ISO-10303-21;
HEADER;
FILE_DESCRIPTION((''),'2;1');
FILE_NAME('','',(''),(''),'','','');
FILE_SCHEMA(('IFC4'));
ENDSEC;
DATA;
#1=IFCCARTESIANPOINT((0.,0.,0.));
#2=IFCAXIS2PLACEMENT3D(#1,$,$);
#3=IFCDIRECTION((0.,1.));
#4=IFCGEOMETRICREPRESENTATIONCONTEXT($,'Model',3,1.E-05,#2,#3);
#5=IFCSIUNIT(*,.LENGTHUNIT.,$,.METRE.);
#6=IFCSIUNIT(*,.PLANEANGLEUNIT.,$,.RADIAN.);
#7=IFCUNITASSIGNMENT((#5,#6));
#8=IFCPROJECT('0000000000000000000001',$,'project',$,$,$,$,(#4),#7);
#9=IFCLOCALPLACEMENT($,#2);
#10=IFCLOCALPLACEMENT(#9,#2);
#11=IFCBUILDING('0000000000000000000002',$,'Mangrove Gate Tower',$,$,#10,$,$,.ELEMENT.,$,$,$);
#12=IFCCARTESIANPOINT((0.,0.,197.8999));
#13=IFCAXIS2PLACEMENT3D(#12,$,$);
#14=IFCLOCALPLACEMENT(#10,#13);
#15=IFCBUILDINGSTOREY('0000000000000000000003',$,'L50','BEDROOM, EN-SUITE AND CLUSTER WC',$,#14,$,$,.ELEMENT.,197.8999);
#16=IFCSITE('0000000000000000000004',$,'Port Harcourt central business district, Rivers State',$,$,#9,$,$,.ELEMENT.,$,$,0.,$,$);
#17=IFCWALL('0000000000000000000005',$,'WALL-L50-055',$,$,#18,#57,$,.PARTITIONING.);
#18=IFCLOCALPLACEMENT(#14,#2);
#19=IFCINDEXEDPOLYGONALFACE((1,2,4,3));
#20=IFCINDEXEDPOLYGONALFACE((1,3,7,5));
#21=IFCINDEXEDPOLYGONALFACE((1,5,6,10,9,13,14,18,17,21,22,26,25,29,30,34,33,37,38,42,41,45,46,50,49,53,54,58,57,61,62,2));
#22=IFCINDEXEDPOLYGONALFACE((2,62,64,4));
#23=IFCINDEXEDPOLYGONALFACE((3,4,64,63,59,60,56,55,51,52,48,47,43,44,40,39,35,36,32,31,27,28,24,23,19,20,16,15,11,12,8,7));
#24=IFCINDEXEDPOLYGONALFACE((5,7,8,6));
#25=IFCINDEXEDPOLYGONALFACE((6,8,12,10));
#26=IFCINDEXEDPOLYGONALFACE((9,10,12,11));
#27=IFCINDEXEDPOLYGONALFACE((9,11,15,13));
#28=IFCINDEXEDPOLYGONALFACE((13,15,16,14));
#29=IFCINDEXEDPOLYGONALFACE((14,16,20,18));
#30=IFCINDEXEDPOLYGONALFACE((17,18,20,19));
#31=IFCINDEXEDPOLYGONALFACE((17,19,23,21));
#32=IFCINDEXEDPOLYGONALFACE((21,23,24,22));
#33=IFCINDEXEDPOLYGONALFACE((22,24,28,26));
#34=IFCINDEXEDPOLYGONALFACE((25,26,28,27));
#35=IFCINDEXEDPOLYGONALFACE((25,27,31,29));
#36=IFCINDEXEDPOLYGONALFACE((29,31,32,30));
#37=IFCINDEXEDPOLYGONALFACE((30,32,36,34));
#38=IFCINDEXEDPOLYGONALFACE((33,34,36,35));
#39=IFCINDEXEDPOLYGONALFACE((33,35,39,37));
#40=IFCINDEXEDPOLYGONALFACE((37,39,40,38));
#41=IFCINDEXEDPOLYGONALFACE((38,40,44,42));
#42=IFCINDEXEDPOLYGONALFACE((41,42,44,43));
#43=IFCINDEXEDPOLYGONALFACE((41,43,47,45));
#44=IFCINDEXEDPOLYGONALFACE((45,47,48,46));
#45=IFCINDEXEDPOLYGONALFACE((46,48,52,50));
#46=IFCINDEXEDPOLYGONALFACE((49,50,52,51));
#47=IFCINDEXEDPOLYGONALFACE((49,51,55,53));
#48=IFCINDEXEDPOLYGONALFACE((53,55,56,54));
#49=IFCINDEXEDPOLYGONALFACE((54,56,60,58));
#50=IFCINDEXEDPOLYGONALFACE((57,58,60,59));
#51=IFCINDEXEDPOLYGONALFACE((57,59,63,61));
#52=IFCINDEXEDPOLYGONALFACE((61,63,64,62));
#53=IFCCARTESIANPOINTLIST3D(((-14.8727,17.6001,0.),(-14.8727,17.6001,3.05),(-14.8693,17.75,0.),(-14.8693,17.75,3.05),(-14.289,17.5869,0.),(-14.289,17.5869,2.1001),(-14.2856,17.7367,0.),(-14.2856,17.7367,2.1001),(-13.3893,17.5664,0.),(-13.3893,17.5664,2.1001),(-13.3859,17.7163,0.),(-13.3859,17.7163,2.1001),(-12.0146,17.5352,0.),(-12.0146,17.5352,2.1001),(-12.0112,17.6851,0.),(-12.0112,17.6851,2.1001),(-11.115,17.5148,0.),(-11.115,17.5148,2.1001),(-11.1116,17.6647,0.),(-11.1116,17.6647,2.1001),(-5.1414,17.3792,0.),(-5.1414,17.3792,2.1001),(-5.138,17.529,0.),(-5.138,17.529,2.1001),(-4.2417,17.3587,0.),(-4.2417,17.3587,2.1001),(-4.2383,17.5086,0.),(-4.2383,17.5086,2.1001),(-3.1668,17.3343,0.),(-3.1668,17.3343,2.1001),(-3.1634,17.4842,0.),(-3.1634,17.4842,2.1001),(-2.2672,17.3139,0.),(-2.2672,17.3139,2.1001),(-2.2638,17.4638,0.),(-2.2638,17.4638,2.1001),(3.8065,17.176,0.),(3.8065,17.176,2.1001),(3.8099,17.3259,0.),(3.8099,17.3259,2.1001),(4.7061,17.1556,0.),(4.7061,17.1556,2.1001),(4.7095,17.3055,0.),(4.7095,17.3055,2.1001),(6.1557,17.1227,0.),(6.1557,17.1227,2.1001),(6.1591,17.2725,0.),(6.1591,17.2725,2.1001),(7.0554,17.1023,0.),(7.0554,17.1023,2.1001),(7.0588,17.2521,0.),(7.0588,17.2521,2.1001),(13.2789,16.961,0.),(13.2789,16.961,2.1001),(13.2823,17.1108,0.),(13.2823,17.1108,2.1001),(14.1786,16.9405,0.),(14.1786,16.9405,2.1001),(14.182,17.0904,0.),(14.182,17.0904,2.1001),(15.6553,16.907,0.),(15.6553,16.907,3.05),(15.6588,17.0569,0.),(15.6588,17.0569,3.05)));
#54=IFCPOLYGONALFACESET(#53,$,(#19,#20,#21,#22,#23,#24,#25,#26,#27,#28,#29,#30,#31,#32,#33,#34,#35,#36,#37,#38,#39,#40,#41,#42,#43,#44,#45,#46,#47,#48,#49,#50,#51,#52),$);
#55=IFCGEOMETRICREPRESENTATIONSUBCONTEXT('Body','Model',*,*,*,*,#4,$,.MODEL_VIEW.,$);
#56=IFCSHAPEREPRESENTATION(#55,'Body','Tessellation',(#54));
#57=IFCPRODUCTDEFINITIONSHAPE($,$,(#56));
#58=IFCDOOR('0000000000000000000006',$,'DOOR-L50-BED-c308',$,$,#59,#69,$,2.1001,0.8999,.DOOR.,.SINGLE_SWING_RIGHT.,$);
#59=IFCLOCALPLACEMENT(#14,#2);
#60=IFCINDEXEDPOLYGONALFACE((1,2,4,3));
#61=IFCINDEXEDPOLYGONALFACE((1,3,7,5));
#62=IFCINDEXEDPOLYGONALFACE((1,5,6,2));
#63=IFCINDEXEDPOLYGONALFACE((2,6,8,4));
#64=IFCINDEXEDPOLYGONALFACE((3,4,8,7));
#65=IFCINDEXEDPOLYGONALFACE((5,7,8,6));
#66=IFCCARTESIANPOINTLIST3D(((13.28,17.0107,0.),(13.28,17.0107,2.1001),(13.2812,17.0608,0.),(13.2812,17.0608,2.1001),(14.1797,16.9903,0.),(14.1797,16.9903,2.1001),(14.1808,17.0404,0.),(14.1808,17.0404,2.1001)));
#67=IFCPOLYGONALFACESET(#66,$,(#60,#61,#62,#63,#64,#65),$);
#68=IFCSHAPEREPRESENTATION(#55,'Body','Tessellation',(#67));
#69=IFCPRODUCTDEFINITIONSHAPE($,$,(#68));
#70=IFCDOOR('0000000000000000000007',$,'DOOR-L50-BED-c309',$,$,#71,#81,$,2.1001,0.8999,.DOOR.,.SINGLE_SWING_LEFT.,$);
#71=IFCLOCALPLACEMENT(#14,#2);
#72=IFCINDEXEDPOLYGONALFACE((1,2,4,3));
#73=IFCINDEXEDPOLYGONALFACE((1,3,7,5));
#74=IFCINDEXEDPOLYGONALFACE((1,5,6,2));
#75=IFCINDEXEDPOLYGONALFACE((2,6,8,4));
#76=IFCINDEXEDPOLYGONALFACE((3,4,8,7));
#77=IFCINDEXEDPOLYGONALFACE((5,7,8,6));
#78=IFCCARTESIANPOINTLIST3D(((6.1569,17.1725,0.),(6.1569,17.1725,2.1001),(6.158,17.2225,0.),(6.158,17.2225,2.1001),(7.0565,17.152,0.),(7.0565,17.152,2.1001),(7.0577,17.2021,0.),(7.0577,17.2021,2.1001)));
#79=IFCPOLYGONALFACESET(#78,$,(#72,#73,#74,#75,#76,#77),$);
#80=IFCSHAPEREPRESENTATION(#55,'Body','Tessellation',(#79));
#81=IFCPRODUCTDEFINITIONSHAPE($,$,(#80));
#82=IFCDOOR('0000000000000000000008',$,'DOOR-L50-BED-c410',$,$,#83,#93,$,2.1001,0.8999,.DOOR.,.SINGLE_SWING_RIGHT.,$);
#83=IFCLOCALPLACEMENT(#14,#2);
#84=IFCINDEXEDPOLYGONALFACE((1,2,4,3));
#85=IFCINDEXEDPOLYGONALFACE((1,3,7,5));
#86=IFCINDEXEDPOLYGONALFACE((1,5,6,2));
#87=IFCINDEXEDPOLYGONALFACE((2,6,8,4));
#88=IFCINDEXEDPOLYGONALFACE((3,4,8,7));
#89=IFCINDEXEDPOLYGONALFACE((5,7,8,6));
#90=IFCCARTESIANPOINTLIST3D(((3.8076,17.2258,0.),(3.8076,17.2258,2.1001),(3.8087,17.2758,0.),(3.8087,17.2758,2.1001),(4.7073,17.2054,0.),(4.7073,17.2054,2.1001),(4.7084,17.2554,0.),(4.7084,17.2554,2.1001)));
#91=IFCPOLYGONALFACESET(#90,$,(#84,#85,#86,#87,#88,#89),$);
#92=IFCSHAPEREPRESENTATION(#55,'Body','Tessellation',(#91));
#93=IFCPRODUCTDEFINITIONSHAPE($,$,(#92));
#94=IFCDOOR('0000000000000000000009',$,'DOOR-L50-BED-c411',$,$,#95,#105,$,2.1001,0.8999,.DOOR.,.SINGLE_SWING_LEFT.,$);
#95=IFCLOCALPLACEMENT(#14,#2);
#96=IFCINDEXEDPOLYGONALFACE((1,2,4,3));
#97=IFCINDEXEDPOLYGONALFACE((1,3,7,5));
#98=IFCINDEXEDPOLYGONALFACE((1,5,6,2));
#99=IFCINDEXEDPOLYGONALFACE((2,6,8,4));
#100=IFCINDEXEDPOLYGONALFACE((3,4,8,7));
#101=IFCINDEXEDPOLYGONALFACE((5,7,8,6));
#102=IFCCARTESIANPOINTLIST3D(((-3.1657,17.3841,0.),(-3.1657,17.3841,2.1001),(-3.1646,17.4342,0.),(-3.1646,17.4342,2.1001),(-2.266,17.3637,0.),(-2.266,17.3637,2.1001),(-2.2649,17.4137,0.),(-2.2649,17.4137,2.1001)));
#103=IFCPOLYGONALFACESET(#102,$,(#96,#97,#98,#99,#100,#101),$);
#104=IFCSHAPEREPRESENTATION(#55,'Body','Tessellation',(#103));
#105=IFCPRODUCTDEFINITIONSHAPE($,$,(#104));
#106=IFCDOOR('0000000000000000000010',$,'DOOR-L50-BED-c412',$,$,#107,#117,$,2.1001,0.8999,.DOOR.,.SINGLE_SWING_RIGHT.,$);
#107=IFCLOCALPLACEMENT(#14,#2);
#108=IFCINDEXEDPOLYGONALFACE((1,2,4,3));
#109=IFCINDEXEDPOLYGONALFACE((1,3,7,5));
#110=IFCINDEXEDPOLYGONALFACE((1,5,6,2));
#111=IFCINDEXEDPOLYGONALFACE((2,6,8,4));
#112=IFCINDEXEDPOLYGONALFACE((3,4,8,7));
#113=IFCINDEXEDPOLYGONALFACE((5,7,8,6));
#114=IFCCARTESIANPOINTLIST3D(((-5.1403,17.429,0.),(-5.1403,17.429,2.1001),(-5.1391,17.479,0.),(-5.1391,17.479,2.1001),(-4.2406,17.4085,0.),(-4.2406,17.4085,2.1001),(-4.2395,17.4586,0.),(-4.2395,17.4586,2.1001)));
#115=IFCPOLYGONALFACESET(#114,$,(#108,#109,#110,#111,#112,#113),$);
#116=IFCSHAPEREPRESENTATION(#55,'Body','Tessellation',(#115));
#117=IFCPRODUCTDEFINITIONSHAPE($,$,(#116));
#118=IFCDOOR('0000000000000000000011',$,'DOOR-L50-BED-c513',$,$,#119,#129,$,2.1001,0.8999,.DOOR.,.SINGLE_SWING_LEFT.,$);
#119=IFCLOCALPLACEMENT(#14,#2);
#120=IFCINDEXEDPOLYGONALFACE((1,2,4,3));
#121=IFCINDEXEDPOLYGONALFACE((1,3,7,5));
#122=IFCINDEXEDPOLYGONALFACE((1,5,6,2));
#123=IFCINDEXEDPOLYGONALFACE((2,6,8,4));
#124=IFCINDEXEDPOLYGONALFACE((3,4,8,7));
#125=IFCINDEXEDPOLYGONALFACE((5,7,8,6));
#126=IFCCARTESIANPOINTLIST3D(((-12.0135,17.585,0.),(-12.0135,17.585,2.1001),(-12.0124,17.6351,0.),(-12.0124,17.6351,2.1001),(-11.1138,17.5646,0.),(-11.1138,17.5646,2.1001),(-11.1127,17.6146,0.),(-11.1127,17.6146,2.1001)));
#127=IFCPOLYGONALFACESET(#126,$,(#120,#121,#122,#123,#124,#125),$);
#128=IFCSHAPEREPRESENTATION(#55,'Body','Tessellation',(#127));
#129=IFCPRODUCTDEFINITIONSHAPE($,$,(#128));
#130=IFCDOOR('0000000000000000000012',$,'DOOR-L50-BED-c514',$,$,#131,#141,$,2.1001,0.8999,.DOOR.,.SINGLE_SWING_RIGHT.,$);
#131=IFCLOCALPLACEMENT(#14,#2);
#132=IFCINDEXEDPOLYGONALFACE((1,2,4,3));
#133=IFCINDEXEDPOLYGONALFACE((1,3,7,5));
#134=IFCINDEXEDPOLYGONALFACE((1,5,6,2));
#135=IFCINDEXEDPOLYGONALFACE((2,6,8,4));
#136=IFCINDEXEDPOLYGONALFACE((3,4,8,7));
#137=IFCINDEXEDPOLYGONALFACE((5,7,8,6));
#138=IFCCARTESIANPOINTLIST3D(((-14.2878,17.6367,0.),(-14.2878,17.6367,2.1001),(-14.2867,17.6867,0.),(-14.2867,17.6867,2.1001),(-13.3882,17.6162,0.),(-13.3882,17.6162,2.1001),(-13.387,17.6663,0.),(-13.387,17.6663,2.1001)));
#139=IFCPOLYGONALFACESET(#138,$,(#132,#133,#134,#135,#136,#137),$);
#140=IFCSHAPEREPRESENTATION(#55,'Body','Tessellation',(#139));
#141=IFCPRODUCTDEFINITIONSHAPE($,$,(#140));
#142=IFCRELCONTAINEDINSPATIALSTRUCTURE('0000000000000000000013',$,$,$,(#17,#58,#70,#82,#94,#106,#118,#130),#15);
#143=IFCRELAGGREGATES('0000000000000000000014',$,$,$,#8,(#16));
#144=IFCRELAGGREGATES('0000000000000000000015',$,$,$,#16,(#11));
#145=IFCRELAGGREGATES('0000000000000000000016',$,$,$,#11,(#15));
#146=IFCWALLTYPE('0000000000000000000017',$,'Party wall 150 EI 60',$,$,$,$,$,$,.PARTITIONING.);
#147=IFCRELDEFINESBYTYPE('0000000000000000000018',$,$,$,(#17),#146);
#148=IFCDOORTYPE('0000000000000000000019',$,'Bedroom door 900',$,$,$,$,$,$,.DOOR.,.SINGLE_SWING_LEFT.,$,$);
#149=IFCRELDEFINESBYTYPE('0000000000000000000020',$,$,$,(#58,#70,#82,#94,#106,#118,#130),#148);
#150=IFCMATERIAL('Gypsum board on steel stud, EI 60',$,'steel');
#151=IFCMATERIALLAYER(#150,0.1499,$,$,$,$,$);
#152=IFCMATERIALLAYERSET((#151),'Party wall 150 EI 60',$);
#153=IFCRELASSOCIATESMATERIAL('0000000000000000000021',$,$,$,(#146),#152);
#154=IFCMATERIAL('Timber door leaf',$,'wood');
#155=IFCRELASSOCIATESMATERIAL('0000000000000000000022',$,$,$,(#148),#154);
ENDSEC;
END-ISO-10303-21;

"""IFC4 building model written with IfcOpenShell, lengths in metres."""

from ifc_helpers import new_model, si_unit, direction, frame, frame_2d, origin, place, context, subcontext, project, spatial, rectangle, extrude, material, layer, layer_set, type_object, element, fill, save


model = new_model("IFC4")

# Units and contexts
model_context = context("Model", 3, precision=1e-05, world=origin(), true_north=direction((0.0, 1.0)))
body_context = subcontext(model_context, "Body", "Model", "MODEL_VIEW")
ifc_project = project(units=[si_unit("LENGTHUNIT", "METRE"), si_unit("PLANEANGLEUNIT", "RADIAN")], contexts=[model_context])

# Site, building, storey
site_placement = place(None, origin())
site = spatial("IfcSite", under=ifc_project, at=site_placement, Name="Port Harcourt central business district, Rivers State", CompositionType="ELEMENT", RefElevation=0.0)
building_placement = place(site_placement, origin())
building = spatial("IfcBuilding", under=site, at=building_placement, Name="Mangrove Gate Tower", CompositionType="ELEMENT")
storey_placement = place(building_placement, frame((0.0, 0.0, 197.8999)))
storey = spatial("IfcBuildingStorey", under=building, at=storey_placement, Name="L50", Description="BEDROOM, EN-SUITE AND CLUSTER WC", CompositionType="ELEMENT", Elevation=197.8999)

# Wall, openings, doors
ifc_material_1 = material(Name="Gypsum board on steel stud, EI 60", Category="steel")
ifc_layer = layer(ifc_material_1, 0.1499)
ifc_layer_set = layer_set([ifc_layer], Name="Party wall 150 EI 60")
wall_type = type_object("IfcWallType", Name="Party wall 150 EI 60", PredefinedType="PARTITIONING", material=ifc_layer_set)
wall_1_placement = place(storey_placement, frame((-14.8711, 17.675, 0.0), z_axis=(0.0, 0.0, 1.0), x_axis=(0.999742, -0.022698, 0.0)))
wall_1 = element("IfcWall", 1, at=wall_1_placement, inside=storey, type_object=wall_type, Name="WALL-L50-055", PredefinedType="PARTITIONING", context=body_context, shape_type="SweptSolid", body=[
    extrude(rectangle(XDim=30.5359, YDim=0.1499, at=frame_2d((15.2681, 0.0))), origin(), (0.0, 0.0, 1.0), 3.05),
])
opening_1_placement = place(wall_1_placement, frame((28.1589, 0.0, 0.0)))
opening_1 = element("IfcOpeningElement", 2, at=opening_1_placement, cuts=wall_1, PredefinedType="OPENING", context=body_context, shape_type="SweptSolid", body=[
    extrude(rectangle(XDim=0.8999, YDim=2.1001, at=frame_2d((0.45, 1.05))), frame((0.0, 0.085, 0.0), z_axis=(0.0, -1.0, 0.0), x_axis=(1.0, 0.0, 0.0)), (0.0, 0.0, 1.0), 0.1699),
])
opening_2_placement = place(wall_1_placement, frame((21.0339, 0.0, 0.0)))
opening_2 = element("IfcOpeningElement", 3, at=opening_2_placement, cuts=wall_1, PredefinedType="OPENING", context=body_context, shape_type="SweptSolid", body=[
    extrude(rectangle(XDim=0.8999, YDim=2.1001, at=frame_2d((0.45, 1.05))), frame((0.0, 0.085, 0.0), z_axis=(0.0, -1.0, 0.0), x_axis=(1.0, 0.0, 0.0)), (0.0, 0.0, 1.0), 0.1699),
])
opening_3_placement = place(wall_1_placement, frame((18.6841, 0.0, 0.0)))
opening_3 = element("IfcOpeningElement", 4, at=opening_3_placement, cuts=wall_1, PredefinedType="OPENING", context=body_context, shape_type="SweptSolid", body=[
    extrude(rectangle(XDim=0.8999, YDim=2.1001, at=frame_2d((0.45, 1.05))), frame((0.0, 0.085, 0.0), z_axis=(0.0, -1.0, 0.0), x_axis=(1.0, 0.0, 0.0)), (0.0, 0.0, 1.0), 0.1699),
])
opening_4_placement = place(wall_1_placement, frame((11.709, 0.0, 0.0)))
opening_4 = element("IfcOpeningElement", 5, at=opening_4_placement, cuts=wall_1, PredefinedType="OPENING", context=body_context, shape_type="SweptSolid", body=[
    extrude(rectangle(XDim=0.8999, YDim=2.1001, at=frame_2d((0.45, 1.05))), frame((0.0, 0.085, 0.0), z_axis=(0.0, -1.0, 0.0), x_axis=(1.0, 0.0, 0.0)), (0.0, 0.0, 1.0), 0.1699),
])
opening_5_placement = place(wall_1_placement, frame((9.7339, 0.0, 0.0)))
opening_5 = element("IfcOpeningElement", 6, at=opening_5_placement, cuts=wall_1, PredefinedType="OPENING", context=body_context, shape_type="SweptSolid", body=[
    extrude(rectangle(XDim=0.8999, YDim=2.1001, at=frame_2d((0.45, 1.05))), frame((0.0, 0.085, 0.0), z_axis=(0.0, -1.0, 0.0), x_axis=(1.0, 0.0, 0.0)), (0.0, 0.0, 1.0), 0.1699),
])
opening_6_placement = place(wall_1_placement, frame((2.8589, 0.0, 0.0)))
opening_6 = element("IfcOpeningElement", 7, at=opening_6_placement, cuts=wall_1, PredefinedType="OPENING", context=body_context, shape_type="SweptSolid", body=[
    extrude(rectangle(XDim=0.8999, YDim=2.1001, at=frame_2d((0.45, 1.05))), frame((0.0, 0.085, 0.0), z_axis=(0.0, -1.0, 0.0), x_axis=(1.0, 0.0, 0.0)), (0.0, 0.0, 1.0), 0.1699),
])
opening_7_placement = place(wall_1_placement, frame((0.584, 0.0, 0.0)))
opening_7 = element("IfcOpeningElement", 8, at=opening_7_placement, cuts=wall_1, PredefinedType="OPENING", context=body_context, shape_type="SweptSolid", body=[
    extrude(rectangle(XDim=0.8999, YDim=2.1001, at=frame_2d((0.45, 1.05))), frame((0.0, 0.085, 0.0), z_axis=(0.0, -1.0, 0.0), x_axis=(1.0, 0.0, 0.0)), (0.0, 0.0, 1.0), 0.1699),
])
ifc_material_2 = material(Name="Timber door leaf", Category="wood")
door_type_1 = type_object("IfcDoorType", Name="Bedroom door 900", OperationType="SINGLE_SWING_LEFT", PredefinedType="DOOR", material=ifc_material_2)
door_1_placement = place(opening_1_placement, origin())
door_1 = element("IfcDoor", 9, at=door_1_placement, inside=storey, type_object=door_type_1, Name="DOOR-L50-BED-c308", OperationType="SINGLE_SWING_RIGHT", OverallHeight=2.1001, OverallWidth=0.8999, PredefinedType="DOOR", context=body_context, shape_type="SweptSolid", body=[
    extrude(rectangle(XDim=0.8999, YDim=2.1001, at=frame_2d((0.45, 1.05))), frame((0.0, 0.0249, 0.0), z_axis=(0.0, -1.0, 0.0), x_axis=(1.0, 0.0, 0.0)), (0.0, 0.0, 1.0), 0.05),
])
fill(opening_1, door_1)
door_2_placement = place(opening_2_placement, origin())
door_2 = element("IfcDoor", 10, at=door_2_placement, inside=storey, type_object=door_type_1, Name="DOOR-L50-BED-c309", OperationType="SINGLE_SWING_LEFT", OverallHeight=2.1001, OverallWidth=0.8999, PredefinedType="DOOR", context=body_context, shape_type="SweptSolid", body=[
    extrude(rectangle(XDim=0.8999, YDim=2.1001, at=frame_2d((0.45, 1.05))), frame((0.0, 0.0249, 0.0), z_axis=(0.0, -1.0, 0.0), x_axis=(1.0, 0.0, 0.0)), (0.0, 0.0, 1.0), 0.05),
])
fill(opening_2, door_2)
door_3_placement = place(opening_3_placement, origin())
door_3 = element("IfcDoor", 11, at=door_3_placement, inside=storey, type_object=door_type_1, Name="DOOR-L50-BED-c410", OperationType="SINGLE_SWING_RIGHT", OverallHeight=2.1001, OverallWidth=0.8999, PredefinedType="DOOR", context=body_context, shape_type="SweptSolid", body=[
    extrude(rectangle(XDim=0.8999, YDim=2.1001, at=frame_2d((0.45, 1.05))), frame((0.0, 0.0249, 0.0), z_axis=(0.0, -1.0, 0.0), x_axis=(1.0, 0.0, 0.0)), (0.0, 0.0, 1.0), 0.05),
])
fill(opening_3, door_3)
door_4_placement = place(opening_4_placement, origin())
door_4 = element("IfcDoor", 12, at=door_4_placement, inside=storey, type_object=door_type_1, Name="DOOR-L50-BED-c411", OperationType="SINGLE_SWING_LEFT", OverallHeight=2.1001, OverallWidth=0.8999, PredefinedType="DOOR", context=body_context, shape_type="SweptSolid", body=[
    extrude(rectangle(XDim=0.8999, YDim=2.1001, at=frame_2d((0.45, 1.05))), frame((0.0, 0.0249, 0.0), z_axis=(0.0, -1.0, 0.0), x_axis=(1.0, 0.0, 0.0)), (0.0, 0.0, 1.0), 0.05),
])
fill(opening_4, door_4)
door_5_placement = place(opening_5_placement, origin())
door_5 = element("IfcDoor", 13, at=door_5_placement, inside=storey, type_object=door_type_1, Name="DOOR-L50-BED-c412", OperationType="SINGLE_SWING_RIGHT", OverallHeight=2.1001, OverallWidth=0.8999, PredefinedType="DOOR", context=body_context, shape_type="SweptSolid", body=[
    extrude(rectangle(XDim=0.8999, YDim=2.1001, at=frame_2d((0.45, 1.05))), frame((0.0, 0.0249, 0.0), z_axis=(0.0, -1.0, 0.0), x_axis=(1.0, 0.0, 0.0)), (0.0, 0.0, 1.0), 0.05),
])
fill(opening_5, door_5)
door_6_placement = place(opening_6_placement, origin())
door_6 = element("IfcDoor", 14, at=door_6_placement, inside=storey, type_object=door_type_1, Name="DOOR-L50-BED-c513", OperationType="SINGLE_SWING_LEFT", OverallHeight=2.1001, OverallWidth=0.8999, PredefinedType="DOOR", context=body_context, shape_type="SweptSolid", body=[
    extrude(rectangle(XDim=0.8999, YDim=2.1001, at=frame_2d((0.45, 1.05))), frame((0.0, 0.0249, 0.0), z_axis=(0.0, -1.0, 0.0), x_axis=(1.0, 0.0, 0.0)), (0.0, 0.0, 1.0), 0.05),
])
fill(opening_6, door_6)
door_7_placement = place(opening_7_placement, origin())
door_7 = element("IfcDoor", 15, at=door_7_placement, inside=storey, type_object=door_type_1, Name="DOOR-L50-BED-c514", OperationType="SINGLE_SWING_RIGHT", OverallHeight=2.1001, OverallWidth=0.8999, PredefinedType="DOOR", context=body_context, shape_type="SweptSolid", body=[
    extrude(rectangle(XDim=0.8999, YDim=2.1001, at=frame_2d((0.45, 1.05))), frame((0.0, 0.0249, 0.0), z_axis=(0.0, -1.0, 0.0), x_axis=(1.0, 0.0, 0.0)), (0.0, 0.0, 1.0), 0.05),
])
fill(opening_7, door_7)

save(model, "model.ifc")
